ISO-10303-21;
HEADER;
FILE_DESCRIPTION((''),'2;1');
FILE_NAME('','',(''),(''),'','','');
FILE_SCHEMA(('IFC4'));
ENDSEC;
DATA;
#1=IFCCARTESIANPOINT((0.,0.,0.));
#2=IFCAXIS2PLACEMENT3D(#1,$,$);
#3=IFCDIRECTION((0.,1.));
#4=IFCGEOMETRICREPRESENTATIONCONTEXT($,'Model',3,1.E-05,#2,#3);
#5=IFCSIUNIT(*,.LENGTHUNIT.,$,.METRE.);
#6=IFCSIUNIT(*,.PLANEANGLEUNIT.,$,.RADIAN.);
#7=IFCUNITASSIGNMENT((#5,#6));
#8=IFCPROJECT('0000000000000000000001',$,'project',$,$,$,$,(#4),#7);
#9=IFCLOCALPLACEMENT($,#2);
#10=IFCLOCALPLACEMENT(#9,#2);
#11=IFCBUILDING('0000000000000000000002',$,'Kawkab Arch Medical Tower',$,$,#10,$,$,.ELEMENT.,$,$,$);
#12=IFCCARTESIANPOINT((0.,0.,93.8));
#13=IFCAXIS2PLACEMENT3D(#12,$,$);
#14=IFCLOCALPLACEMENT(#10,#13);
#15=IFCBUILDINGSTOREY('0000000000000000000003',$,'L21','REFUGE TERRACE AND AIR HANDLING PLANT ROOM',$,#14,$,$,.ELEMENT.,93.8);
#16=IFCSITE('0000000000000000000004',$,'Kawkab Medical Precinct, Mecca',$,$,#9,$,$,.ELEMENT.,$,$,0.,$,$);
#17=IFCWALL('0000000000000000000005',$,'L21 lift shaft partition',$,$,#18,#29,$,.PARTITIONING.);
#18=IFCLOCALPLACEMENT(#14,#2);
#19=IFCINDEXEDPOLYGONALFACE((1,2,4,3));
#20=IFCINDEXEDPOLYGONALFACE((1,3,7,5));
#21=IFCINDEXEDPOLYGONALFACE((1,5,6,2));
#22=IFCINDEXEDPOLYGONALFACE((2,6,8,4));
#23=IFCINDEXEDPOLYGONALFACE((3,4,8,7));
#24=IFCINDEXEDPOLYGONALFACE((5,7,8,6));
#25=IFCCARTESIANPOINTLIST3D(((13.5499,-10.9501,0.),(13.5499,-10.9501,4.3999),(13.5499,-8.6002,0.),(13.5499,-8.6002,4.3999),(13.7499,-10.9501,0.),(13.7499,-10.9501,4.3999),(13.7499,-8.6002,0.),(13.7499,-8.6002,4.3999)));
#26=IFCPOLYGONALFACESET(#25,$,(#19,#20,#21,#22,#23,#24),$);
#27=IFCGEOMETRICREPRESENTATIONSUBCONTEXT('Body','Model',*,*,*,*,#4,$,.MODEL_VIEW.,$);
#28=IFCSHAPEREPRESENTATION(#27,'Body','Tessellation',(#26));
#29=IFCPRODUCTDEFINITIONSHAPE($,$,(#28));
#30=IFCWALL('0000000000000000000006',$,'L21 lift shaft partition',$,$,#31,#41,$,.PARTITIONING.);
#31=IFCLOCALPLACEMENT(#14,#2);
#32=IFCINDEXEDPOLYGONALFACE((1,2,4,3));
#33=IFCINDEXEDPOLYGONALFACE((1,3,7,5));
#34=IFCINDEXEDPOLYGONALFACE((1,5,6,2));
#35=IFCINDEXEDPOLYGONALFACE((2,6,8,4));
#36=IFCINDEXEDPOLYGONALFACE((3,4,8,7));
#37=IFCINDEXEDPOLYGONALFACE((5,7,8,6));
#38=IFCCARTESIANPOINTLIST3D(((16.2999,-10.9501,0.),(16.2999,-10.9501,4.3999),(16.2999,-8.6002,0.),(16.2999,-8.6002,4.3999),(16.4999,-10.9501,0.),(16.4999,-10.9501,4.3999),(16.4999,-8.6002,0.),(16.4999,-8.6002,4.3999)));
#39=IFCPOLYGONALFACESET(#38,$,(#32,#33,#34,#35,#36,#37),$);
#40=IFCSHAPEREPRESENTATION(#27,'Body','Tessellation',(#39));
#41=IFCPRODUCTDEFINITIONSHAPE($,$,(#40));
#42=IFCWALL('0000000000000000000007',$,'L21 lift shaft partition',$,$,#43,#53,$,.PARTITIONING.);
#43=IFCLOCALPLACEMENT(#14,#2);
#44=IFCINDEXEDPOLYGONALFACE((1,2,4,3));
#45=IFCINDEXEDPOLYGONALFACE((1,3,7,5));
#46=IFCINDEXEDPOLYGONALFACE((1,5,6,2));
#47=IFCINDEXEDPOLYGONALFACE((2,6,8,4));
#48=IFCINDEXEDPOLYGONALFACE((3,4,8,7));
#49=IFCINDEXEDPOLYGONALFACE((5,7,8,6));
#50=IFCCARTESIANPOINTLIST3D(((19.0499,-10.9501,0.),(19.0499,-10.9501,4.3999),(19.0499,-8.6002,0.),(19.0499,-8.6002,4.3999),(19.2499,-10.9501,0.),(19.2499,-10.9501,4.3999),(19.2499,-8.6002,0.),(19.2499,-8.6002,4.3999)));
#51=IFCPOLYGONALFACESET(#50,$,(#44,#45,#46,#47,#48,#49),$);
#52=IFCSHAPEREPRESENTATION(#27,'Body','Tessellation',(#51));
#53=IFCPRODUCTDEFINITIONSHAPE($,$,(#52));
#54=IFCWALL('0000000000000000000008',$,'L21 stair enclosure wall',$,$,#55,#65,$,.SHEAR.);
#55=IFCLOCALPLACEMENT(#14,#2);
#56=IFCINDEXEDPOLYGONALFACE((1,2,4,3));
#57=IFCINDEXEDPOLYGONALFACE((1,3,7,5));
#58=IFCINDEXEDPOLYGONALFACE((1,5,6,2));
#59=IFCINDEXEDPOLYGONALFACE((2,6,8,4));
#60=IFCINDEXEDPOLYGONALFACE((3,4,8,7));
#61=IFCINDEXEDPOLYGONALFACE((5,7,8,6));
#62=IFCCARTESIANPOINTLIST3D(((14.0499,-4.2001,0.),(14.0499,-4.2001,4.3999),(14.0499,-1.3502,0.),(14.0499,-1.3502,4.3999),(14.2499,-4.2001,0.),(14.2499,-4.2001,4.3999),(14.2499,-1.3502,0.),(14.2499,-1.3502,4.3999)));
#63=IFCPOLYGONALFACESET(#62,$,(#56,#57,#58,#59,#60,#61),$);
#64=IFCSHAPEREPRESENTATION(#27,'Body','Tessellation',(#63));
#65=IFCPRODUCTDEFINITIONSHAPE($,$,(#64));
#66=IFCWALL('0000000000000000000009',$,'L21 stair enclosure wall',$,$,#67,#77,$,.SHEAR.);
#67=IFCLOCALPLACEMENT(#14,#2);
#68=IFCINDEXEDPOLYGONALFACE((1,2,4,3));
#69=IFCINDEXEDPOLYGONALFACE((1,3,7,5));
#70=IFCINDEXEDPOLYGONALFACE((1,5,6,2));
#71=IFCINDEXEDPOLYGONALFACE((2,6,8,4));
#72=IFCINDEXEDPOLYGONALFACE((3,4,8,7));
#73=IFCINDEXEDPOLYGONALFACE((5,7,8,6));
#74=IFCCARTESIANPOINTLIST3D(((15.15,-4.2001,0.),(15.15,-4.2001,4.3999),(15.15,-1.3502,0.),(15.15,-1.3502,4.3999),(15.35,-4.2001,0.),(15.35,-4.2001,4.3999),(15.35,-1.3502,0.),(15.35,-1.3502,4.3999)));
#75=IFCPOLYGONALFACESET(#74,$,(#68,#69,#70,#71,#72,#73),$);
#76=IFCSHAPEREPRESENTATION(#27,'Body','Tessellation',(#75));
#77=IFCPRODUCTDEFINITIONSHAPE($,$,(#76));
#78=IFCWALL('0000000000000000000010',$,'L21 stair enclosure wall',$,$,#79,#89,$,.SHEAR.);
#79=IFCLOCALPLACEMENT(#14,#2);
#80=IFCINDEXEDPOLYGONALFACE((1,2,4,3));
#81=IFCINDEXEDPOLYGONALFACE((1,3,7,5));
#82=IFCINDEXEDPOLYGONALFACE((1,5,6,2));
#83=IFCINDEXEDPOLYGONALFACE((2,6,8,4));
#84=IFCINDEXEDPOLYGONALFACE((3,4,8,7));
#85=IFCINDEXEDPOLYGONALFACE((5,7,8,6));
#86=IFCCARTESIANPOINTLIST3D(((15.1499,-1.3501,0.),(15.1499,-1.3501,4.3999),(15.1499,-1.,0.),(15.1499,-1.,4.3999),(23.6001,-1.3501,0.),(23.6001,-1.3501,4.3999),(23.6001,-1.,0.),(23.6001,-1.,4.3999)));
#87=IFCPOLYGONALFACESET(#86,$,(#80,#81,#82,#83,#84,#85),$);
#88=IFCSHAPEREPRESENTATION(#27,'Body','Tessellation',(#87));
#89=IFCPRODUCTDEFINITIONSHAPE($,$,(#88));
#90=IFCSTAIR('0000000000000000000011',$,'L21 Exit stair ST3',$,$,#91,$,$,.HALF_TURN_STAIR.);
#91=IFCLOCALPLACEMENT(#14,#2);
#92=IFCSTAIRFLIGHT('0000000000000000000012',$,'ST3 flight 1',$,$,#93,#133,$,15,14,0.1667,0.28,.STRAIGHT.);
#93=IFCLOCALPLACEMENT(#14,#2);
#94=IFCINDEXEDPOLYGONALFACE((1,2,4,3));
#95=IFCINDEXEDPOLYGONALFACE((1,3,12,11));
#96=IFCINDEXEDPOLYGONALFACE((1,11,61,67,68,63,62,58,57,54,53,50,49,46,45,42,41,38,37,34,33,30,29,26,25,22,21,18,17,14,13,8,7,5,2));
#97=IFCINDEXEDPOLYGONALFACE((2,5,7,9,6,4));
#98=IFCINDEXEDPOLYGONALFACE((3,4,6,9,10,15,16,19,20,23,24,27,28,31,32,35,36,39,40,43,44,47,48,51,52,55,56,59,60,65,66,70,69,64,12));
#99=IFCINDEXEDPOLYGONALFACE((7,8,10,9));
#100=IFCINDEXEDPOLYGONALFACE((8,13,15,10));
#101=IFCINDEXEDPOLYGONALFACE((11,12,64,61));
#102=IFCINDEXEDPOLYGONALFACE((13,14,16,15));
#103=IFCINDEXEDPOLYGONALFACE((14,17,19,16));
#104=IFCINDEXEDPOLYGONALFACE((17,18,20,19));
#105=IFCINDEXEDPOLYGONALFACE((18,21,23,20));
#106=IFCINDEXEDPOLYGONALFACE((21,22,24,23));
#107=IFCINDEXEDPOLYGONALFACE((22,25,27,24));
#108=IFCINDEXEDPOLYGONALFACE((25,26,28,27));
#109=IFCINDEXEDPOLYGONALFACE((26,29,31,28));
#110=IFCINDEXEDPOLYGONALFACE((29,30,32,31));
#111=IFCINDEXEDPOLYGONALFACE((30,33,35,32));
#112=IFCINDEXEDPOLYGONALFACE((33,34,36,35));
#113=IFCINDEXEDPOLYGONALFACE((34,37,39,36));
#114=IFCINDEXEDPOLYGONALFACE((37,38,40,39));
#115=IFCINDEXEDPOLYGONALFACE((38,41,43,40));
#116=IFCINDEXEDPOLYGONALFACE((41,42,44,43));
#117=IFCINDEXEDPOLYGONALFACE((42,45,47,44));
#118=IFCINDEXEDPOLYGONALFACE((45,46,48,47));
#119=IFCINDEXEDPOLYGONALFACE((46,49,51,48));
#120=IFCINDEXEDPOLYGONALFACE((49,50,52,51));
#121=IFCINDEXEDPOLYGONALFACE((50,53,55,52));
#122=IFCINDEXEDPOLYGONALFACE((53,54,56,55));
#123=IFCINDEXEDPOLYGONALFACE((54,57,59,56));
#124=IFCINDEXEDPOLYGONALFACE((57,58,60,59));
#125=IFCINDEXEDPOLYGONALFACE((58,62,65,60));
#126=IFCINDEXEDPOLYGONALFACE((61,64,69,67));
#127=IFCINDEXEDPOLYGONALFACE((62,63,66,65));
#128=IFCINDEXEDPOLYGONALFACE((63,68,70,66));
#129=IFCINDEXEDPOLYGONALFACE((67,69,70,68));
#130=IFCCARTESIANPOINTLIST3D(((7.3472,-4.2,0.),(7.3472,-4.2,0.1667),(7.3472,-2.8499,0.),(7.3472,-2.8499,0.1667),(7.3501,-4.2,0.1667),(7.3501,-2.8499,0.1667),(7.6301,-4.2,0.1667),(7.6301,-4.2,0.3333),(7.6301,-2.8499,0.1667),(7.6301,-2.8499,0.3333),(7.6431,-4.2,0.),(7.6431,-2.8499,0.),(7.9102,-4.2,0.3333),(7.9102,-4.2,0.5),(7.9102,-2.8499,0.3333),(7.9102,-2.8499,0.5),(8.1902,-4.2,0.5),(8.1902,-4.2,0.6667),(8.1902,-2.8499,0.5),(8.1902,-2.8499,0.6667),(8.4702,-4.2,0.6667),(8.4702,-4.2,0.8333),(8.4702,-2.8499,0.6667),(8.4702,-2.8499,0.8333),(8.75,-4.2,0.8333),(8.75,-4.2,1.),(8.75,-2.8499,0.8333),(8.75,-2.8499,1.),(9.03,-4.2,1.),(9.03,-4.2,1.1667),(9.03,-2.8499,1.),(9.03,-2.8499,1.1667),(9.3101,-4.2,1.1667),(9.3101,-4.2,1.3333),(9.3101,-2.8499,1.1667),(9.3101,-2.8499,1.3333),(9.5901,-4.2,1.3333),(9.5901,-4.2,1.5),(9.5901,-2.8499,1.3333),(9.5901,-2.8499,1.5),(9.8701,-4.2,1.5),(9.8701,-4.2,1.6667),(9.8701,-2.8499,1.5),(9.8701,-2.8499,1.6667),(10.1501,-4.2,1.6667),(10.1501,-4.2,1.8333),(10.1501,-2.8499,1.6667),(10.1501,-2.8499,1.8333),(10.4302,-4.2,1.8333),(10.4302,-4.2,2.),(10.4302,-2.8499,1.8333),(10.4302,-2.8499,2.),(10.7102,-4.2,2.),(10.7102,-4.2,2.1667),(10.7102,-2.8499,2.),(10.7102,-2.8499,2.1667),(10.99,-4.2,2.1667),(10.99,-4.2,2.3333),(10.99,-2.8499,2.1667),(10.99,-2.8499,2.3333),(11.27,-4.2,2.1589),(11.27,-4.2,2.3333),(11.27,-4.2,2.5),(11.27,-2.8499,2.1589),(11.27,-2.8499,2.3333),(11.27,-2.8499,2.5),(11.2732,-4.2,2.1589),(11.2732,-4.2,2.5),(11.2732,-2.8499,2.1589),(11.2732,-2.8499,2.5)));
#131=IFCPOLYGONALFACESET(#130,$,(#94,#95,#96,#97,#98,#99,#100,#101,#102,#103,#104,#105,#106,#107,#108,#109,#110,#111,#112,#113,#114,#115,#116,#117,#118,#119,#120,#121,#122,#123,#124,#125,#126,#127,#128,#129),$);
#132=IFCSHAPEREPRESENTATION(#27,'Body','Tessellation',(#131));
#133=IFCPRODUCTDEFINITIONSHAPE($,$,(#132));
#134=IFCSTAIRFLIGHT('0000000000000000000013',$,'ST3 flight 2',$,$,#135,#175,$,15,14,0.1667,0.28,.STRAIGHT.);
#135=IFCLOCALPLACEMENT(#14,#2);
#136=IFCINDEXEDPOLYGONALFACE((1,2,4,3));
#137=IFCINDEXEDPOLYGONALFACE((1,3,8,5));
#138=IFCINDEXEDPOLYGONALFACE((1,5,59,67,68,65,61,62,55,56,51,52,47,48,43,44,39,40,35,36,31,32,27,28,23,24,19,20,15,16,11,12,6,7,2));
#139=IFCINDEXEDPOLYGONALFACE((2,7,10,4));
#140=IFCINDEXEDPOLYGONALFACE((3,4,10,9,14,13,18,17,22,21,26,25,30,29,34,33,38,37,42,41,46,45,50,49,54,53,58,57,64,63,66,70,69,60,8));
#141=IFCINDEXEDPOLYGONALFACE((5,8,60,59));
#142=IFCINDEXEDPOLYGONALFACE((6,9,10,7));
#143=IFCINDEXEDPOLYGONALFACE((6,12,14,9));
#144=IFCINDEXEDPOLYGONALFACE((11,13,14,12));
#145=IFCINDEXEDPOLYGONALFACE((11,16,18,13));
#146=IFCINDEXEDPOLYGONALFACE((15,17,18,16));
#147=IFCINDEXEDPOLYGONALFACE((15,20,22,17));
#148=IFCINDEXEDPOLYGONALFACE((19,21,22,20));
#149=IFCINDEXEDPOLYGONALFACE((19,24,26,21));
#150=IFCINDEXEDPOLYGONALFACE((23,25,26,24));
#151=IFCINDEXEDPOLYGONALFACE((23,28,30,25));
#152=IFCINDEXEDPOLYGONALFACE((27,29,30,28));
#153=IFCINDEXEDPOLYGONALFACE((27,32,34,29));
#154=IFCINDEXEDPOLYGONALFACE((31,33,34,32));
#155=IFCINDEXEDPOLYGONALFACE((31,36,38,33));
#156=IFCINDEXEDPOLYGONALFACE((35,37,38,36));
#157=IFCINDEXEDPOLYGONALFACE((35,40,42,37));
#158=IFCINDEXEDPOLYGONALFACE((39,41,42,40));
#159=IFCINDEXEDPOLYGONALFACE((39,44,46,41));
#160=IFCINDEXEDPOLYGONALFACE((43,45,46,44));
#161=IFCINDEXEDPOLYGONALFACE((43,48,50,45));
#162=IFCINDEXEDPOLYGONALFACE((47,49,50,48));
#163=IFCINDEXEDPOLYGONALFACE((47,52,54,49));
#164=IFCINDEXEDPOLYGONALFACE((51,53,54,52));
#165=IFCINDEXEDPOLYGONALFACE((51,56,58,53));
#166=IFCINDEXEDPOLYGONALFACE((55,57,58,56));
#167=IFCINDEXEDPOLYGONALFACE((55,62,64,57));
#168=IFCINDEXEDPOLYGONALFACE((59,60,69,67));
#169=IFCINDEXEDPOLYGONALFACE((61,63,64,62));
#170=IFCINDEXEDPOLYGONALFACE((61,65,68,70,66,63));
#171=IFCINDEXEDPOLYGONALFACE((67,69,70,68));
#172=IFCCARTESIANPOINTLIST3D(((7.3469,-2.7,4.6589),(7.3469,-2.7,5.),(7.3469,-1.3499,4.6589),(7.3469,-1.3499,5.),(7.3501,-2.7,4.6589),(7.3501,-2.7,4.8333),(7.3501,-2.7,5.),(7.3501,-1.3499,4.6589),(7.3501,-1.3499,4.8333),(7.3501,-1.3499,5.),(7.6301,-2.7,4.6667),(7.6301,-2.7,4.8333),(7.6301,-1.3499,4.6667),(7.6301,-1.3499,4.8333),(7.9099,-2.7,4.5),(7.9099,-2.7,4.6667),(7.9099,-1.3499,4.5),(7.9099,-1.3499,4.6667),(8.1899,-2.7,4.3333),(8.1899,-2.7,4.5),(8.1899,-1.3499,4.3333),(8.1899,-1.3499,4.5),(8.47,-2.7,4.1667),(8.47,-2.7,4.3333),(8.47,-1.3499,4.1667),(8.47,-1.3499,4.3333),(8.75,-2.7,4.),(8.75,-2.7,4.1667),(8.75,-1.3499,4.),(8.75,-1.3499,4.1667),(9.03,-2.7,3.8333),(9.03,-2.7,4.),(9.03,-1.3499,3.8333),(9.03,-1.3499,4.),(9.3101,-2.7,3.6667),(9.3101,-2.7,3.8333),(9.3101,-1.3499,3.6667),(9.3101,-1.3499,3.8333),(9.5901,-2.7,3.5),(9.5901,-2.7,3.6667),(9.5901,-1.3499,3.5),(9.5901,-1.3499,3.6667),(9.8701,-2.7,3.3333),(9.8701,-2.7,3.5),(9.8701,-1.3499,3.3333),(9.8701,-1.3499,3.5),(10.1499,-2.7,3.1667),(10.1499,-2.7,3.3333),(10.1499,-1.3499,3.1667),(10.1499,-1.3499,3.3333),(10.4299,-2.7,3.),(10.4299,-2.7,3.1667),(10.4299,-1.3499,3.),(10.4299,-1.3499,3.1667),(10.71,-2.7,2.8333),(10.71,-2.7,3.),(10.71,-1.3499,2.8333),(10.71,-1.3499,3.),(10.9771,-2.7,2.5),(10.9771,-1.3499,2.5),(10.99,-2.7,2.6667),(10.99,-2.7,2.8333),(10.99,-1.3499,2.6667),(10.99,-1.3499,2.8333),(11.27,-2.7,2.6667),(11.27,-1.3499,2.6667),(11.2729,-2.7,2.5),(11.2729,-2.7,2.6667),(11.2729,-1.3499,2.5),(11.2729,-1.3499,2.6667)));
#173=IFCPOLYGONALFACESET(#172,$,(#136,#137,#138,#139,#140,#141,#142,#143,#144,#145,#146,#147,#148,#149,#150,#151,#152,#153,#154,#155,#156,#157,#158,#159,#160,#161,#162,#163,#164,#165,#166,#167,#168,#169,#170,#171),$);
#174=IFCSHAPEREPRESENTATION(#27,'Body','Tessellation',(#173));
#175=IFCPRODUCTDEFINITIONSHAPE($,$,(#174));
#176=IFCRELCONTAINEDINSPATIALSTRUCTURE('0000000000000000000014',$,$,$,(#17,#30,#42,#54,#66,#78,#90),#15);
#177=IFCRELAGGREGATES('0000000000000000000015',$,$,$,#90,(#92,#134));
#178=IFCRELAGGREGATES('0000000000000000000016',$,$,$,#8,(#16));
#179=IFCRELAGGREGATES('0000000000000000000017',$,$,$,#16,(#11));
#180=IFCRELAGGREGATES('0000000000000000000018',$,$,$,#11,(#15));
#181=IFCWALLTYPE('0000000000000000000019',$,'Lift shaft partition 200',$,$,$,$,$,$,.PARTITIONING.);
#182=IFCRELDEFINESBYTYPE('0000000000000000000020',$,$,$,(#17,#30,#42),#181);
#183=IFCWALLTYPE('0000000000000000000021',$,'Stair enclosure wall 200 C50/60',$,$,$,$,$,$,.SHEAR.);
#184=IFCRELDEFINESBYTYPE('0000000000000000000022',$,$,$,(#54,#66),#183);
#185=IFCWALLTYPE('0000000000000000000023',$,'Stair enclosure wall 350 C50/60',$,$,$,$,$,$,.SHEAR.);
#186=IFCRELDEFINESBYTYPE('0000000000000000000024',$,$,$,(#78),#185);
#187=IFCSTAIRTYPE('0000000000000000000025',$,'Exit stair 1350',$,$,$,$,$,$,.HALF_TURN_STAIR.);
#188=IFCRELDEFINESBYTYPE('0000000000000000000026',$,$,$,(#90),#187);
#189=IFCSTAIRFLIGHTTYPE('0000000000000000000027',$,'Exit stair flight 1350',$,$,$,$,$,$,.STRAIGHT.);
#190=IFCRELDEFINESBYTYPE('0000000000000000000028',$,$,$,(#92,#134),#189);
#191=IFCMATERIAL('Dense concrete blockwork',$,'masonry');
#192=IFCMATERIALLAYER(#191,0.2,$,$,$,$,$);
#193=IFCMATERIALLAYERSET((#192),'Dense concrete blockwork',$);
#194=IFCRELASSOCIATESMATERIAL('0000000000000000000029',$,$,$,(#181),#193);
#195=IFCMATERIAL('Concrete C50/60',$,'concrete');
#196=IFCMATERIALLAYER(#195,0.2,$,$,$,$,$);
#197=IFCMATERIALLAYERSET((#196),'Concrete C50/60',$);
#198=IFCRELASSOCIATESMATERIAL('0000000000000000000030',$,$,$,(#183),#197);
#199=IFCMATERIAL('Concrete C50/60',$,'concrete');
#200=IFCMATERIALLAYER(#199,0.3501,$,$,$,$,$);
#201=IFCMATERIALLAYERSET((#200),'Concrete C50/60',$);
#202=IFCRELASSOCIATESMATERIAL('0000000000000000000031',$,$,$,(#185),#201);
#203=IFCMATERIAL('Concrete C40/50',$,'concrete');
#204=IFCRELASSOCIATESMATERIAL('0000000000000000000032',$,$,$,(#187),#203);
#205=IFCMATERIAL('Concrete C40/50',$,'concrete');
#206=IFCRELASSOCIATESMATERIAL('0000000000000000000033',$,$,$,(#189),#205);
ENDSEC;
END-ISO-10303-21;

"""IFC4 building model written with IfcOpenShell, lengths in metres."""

from ifc_helpers import new_model, si_unit, direction, frame, frame_2d, origin, place, context, subcontext, project, spatial, polyline, rectangle, outline, extrude, material, layer, layer_set, type_object, element, aggregate, save


model = new_model("IFC4")

# Units and contexts
model_context = context("Model", 3, precision=1e-05, world=origin(), true_north=direction((0.0, 1.0)))
body_context = subcontext(model_context, "Body", "Model", "MODEL_VIEW")
ifc_project = project(units=[si_unit("LENGTHUNIT", "METRE"), si_unit("PLANEANGLEUNIT", "RADIAN")], contexts=[model_context])

# Site, building, storey
site_placement = place(None, origin())
site = spatial("IfcSite", under=ifc_project, at=site_placement, Name="Kawkab Medical Precinct, Mecca", CompositionType="ELEMENT", RefElevation=0.0)
building_placement = place(site_placement, origin())
building = spatial("IfcBuilding", under=site, at=building_placement, Name="Kawkab Arch Medical Tower", CompositionType="ELEMENT")
storey_placement = place(building_placement, frame((0.0, 0.0, 93.8)))
storey = spatial("IfcBuildingStorey", under=building, at=storey_placement, Name="L21", Description="REFUGE TERRACE AND AIR HANDLING PLANT ROOM", CompositionType="ELEMENT", Elevation=93.8)

# Walls
ifc_material_1 = material(Name="Dense concrete blockwork", Category="masonry")
ifc_layer_1 = layer(ifc_material_1, 0.2)
ifc_layer_set_1 = layer_set([ifc_layer_1], Name="Dense concrete blockwork")
wall_type_1 = type_object("IfcWallType", Name="Lift shaft partition 200", PredefinedType="PARTITIONING", material=ifc_layer_set_1)
for number, where, z_axis, x_axis, name in (
    (1, (13.6499, -10.95, 0.0), (0.0, 0.0, 1.0), (0.0, 1.0, 0.0), "L21 lift shaft partition"),
    (2, (16.3999, -10.95, 0.0), (0.0, 0.0, 1.0), (0.0, 1.0, 0.0), "L21 lift shaft partition"),
    (3, (19.1499, -10.95, 0.0), (0.0, 0.0, 1.0), (0.0, 1.0, 0.0), "L21 lift shaft partition"),
):
    element("IfcWall", number, at=place(storey_placement, frame(where, z_axis=z_axis, x_axis=x_axis)), inside=storey, type_object=wall_type_1, Name=name, PredefinedType="PARTITIONING", context=body_context, shape_type="SweptSolid", body=[
        extrude(rectangle(XDim=2.3499, YDim=0.2, at=frame_2d((1.1748, 0.0))), origin(), (0.0, 0.0, 1.0), 4.3999),
    ])
ifc_material_2 = material(Name="Concrete C50/60", Category="concrete")
ifc_layer_2 = layer(ifc_material_2, 0.2)
ifc_layer_set_2 = layer_set([ifc_layer_2], Name="Concrete C50/60")
wall_type_2 = type_object("IfcWallType", Name="Stair enclosure wall 200 C50/60", PredefinedType="SHEAR", material=ifc_layer_set_2)
for number, where, z_axis, x_axis, name in (
    (4, (14.1499, -4.2, 0.0), (0.0, 0.0, 1.0), (0.0, 1.0, 0.0), "L21 stair enclosure wall"),
    (5, (15.25, -4.2, 0.0), (0.0, 0.0, 1.0), (0.0, 1.0, 0.0), "L21 stair enclosure wall"),
):
    element("IfcWall", number, at=place(storey_placement, frame(where, z_axis=z_axis, x_axis=x_axis)), inside=storey, type_object=wall_type_2, Name=name, PredefinedType="SHEAR", context=body_context, shape_type="SweptSolid", body=[
        extrude(rectangle(XDim=2.8499, YDim=0.2, at=frame_2d((1.4248, 0.0))), origin(), (0.0, 0.0, 1.0), 4.3999),
    ])
ifc_material_3 = material(Name="Concrete C50/60", Category="concrete")
ifc_layer_3 = layer(ifc_material_3, 0.3501)
ifc_layer_set_3 = layer_set([ifc_layer_3], Name="Concrete C50/60")
wall_type_3 = type_object("IfcWallType", Name="Stair enclosure wall 350 C50/60", PredefinedType="SHEAR", material=ifc_layer_set_3)
wall_1_placement = place(storey_placement, frame((15.1499, -1.175, 0.0), z_axis=(0.0, 0.0, 1.0), x_axis=(1.0, 0.0, 0.0)))
element("IfcWall", 6, at=wall_1_placement, inside=storey, type_object=wall_type_3, Name="L21 stair enclosure wall", PredefinedType="SHEAR", context=body_context, shape_type="SweptSolid", body=[
    extrude(rectangle(XDim=8.4502, YDim=0.3501, at=frame_2d((4.2251, 0.0))), origin(), (0.0, 0.0, 1.0), 4.3999),
])

# Stair, stair flights
ifc_material_4 = material(Name="Concrete C40/50", Category="concrete")
stair_type = type_object("IfcStairType", Name="Exit stair 1350", PredefinedType="HALF_TURN_STAIR", material=ifc_material_4)
placement = place(storey_placement, origin())
stair_1 = element("IfcStair", 7, at=placement, inside=storey, type_object=stair_type, Name="L21 Exit stair ST3", PredefinedType="HALF_TURN_STAIR")
ifc_material_5 = material(Name="Concrete C40/50", Category="concrete")
stair_flight_type = type_object("IfcStairFlightType", Name="Exit stair flight 1350", PredefinedType="STRAIGHT", material=ifc_material_5)
stair_flight_1_placement = place(storey_placement, frame((7.3501, -3.5249, 0.0), z_axis=(0.0, 0.0, 1.0), x_axis=(1.0, 0.0, 0.0)))
stair_flight_1 = element("IfcStairFlight", 8, at=stair_flight_1_placement, type_object=stair_flight_type, Name="ST3 flight 1", NumberOfRisers=15, NumberOfTreads=14, PredefinedType="STRAIGHT", RiserHeight=0.1667, TreadLength=0.28, context=body_context, shape_type="SweptSolid", body=[
    extrude(outline(polyline([(-0.0029, 0.0), (-0.0029, 0.1667), (0.0, 0.1667), (0.28, 0.1667), (0.28, 0.3333), (0.5601, 0.3333), (0.5601, 0.5), (0.8401, 0.5), (0.8401, 0.6667), (1.1201, 0.6667), (1.1201, 0.8333), (1.3999, 0.8333), (1.3999, 1.0), (1.6799, 1.0), (1.6799, 1.1667), (1.96, 1.1667), (1.96, 1.3333), (2.24, 1.3333), (2.24, 1.5), (2.52, 1.5), (2.52, 1.6667), (2.8, 1.6667), (2.8, 1.8333), (3.0801, 1.8333), (3.0801, 2.0), (3.3601, 2.0), (3.3601, 2.1667), (3.6399, 2.1667), (3.6399, 2.3333), (3.9199, 2.3333), (3.9199, 2.5), (3.9231, 2.5), (3.9231, 2.1589), (3.9199, 2.1589), (0.293, 0.0), (-0.0029, 0.0)])), frame((0.0, 0.675, 0.0), z_axis=(0.0, -1.0, 0.0), x_axis=(1.0, 0.0, 0.0)), (0.0, 0.0, 1.0), 1.3501),
])
stair_flight_2_placement = place(storey_placement, frame((11.27, -2.0249, 2.5), z_axis=(0.0, 0.0, 1.0), x_axis=(-1.0, 0.0, 0.0)))
stair_flight_2 = element("IfcStairFlight", 9, at=stair_flight_2_placement, type_object=stair_flight_type, Name="ST3 flight 2", NumberOfRisers=15, NumberOfTreads=14, PredefinedType="STRAIGHT", RiserHeight=0.1667, TreadLength=0.28, context=body_context, shape_type="SweptSolid", body=[
    extrude(outline(polyline([(-0.0029, 0.0), (-0.0029, 0.1667), (0.0, 0.1667), (0.28, 0.1667), (0.28, 0.3333), (0.5601, 0.3333), (0.5601, 0.5), (0.8401, 0.5), (0.8401, 0.6667), (1.1201, 0.6667), (1.1201, 0.8333), (1.3999, 0.8333), (1.3999, 1.0), (1.6799, 1.0), (1.6799, 1.1667), (1.96, 1.1667), (1.96, 1.3333), (2.24, 1.3333), (2.24, 1.5), (2.52, 1.5), (2.52, 1.6667), (2.8, 1.6667), (2.8, 1.8333), (3.0801, 1.8333), (3.0801, 2.0), (3.3601, 2.0), (3.3601, 2.1667), (3.6399, 2.1667), (3.6399, 2.3333), (3.9199, 2.3333), (3.9199, 2.5), (3.9231, 2.5), (3.9231, 2.1589), (3.9199, 2.1589), (0.293, 0.0), (-0.0029, 0.0)])), frame((0.0, 0.675, 0.0), z_axis=(0.0, -1.0, 0.0), x_axis=(1.0, 0.0, 0.0)), (0.0, 0.0, 1.0), 1.3501),
])
aggregate(stair_1, [stair_flight_1, stair_flight_2])

save(model, "model.ifc")
